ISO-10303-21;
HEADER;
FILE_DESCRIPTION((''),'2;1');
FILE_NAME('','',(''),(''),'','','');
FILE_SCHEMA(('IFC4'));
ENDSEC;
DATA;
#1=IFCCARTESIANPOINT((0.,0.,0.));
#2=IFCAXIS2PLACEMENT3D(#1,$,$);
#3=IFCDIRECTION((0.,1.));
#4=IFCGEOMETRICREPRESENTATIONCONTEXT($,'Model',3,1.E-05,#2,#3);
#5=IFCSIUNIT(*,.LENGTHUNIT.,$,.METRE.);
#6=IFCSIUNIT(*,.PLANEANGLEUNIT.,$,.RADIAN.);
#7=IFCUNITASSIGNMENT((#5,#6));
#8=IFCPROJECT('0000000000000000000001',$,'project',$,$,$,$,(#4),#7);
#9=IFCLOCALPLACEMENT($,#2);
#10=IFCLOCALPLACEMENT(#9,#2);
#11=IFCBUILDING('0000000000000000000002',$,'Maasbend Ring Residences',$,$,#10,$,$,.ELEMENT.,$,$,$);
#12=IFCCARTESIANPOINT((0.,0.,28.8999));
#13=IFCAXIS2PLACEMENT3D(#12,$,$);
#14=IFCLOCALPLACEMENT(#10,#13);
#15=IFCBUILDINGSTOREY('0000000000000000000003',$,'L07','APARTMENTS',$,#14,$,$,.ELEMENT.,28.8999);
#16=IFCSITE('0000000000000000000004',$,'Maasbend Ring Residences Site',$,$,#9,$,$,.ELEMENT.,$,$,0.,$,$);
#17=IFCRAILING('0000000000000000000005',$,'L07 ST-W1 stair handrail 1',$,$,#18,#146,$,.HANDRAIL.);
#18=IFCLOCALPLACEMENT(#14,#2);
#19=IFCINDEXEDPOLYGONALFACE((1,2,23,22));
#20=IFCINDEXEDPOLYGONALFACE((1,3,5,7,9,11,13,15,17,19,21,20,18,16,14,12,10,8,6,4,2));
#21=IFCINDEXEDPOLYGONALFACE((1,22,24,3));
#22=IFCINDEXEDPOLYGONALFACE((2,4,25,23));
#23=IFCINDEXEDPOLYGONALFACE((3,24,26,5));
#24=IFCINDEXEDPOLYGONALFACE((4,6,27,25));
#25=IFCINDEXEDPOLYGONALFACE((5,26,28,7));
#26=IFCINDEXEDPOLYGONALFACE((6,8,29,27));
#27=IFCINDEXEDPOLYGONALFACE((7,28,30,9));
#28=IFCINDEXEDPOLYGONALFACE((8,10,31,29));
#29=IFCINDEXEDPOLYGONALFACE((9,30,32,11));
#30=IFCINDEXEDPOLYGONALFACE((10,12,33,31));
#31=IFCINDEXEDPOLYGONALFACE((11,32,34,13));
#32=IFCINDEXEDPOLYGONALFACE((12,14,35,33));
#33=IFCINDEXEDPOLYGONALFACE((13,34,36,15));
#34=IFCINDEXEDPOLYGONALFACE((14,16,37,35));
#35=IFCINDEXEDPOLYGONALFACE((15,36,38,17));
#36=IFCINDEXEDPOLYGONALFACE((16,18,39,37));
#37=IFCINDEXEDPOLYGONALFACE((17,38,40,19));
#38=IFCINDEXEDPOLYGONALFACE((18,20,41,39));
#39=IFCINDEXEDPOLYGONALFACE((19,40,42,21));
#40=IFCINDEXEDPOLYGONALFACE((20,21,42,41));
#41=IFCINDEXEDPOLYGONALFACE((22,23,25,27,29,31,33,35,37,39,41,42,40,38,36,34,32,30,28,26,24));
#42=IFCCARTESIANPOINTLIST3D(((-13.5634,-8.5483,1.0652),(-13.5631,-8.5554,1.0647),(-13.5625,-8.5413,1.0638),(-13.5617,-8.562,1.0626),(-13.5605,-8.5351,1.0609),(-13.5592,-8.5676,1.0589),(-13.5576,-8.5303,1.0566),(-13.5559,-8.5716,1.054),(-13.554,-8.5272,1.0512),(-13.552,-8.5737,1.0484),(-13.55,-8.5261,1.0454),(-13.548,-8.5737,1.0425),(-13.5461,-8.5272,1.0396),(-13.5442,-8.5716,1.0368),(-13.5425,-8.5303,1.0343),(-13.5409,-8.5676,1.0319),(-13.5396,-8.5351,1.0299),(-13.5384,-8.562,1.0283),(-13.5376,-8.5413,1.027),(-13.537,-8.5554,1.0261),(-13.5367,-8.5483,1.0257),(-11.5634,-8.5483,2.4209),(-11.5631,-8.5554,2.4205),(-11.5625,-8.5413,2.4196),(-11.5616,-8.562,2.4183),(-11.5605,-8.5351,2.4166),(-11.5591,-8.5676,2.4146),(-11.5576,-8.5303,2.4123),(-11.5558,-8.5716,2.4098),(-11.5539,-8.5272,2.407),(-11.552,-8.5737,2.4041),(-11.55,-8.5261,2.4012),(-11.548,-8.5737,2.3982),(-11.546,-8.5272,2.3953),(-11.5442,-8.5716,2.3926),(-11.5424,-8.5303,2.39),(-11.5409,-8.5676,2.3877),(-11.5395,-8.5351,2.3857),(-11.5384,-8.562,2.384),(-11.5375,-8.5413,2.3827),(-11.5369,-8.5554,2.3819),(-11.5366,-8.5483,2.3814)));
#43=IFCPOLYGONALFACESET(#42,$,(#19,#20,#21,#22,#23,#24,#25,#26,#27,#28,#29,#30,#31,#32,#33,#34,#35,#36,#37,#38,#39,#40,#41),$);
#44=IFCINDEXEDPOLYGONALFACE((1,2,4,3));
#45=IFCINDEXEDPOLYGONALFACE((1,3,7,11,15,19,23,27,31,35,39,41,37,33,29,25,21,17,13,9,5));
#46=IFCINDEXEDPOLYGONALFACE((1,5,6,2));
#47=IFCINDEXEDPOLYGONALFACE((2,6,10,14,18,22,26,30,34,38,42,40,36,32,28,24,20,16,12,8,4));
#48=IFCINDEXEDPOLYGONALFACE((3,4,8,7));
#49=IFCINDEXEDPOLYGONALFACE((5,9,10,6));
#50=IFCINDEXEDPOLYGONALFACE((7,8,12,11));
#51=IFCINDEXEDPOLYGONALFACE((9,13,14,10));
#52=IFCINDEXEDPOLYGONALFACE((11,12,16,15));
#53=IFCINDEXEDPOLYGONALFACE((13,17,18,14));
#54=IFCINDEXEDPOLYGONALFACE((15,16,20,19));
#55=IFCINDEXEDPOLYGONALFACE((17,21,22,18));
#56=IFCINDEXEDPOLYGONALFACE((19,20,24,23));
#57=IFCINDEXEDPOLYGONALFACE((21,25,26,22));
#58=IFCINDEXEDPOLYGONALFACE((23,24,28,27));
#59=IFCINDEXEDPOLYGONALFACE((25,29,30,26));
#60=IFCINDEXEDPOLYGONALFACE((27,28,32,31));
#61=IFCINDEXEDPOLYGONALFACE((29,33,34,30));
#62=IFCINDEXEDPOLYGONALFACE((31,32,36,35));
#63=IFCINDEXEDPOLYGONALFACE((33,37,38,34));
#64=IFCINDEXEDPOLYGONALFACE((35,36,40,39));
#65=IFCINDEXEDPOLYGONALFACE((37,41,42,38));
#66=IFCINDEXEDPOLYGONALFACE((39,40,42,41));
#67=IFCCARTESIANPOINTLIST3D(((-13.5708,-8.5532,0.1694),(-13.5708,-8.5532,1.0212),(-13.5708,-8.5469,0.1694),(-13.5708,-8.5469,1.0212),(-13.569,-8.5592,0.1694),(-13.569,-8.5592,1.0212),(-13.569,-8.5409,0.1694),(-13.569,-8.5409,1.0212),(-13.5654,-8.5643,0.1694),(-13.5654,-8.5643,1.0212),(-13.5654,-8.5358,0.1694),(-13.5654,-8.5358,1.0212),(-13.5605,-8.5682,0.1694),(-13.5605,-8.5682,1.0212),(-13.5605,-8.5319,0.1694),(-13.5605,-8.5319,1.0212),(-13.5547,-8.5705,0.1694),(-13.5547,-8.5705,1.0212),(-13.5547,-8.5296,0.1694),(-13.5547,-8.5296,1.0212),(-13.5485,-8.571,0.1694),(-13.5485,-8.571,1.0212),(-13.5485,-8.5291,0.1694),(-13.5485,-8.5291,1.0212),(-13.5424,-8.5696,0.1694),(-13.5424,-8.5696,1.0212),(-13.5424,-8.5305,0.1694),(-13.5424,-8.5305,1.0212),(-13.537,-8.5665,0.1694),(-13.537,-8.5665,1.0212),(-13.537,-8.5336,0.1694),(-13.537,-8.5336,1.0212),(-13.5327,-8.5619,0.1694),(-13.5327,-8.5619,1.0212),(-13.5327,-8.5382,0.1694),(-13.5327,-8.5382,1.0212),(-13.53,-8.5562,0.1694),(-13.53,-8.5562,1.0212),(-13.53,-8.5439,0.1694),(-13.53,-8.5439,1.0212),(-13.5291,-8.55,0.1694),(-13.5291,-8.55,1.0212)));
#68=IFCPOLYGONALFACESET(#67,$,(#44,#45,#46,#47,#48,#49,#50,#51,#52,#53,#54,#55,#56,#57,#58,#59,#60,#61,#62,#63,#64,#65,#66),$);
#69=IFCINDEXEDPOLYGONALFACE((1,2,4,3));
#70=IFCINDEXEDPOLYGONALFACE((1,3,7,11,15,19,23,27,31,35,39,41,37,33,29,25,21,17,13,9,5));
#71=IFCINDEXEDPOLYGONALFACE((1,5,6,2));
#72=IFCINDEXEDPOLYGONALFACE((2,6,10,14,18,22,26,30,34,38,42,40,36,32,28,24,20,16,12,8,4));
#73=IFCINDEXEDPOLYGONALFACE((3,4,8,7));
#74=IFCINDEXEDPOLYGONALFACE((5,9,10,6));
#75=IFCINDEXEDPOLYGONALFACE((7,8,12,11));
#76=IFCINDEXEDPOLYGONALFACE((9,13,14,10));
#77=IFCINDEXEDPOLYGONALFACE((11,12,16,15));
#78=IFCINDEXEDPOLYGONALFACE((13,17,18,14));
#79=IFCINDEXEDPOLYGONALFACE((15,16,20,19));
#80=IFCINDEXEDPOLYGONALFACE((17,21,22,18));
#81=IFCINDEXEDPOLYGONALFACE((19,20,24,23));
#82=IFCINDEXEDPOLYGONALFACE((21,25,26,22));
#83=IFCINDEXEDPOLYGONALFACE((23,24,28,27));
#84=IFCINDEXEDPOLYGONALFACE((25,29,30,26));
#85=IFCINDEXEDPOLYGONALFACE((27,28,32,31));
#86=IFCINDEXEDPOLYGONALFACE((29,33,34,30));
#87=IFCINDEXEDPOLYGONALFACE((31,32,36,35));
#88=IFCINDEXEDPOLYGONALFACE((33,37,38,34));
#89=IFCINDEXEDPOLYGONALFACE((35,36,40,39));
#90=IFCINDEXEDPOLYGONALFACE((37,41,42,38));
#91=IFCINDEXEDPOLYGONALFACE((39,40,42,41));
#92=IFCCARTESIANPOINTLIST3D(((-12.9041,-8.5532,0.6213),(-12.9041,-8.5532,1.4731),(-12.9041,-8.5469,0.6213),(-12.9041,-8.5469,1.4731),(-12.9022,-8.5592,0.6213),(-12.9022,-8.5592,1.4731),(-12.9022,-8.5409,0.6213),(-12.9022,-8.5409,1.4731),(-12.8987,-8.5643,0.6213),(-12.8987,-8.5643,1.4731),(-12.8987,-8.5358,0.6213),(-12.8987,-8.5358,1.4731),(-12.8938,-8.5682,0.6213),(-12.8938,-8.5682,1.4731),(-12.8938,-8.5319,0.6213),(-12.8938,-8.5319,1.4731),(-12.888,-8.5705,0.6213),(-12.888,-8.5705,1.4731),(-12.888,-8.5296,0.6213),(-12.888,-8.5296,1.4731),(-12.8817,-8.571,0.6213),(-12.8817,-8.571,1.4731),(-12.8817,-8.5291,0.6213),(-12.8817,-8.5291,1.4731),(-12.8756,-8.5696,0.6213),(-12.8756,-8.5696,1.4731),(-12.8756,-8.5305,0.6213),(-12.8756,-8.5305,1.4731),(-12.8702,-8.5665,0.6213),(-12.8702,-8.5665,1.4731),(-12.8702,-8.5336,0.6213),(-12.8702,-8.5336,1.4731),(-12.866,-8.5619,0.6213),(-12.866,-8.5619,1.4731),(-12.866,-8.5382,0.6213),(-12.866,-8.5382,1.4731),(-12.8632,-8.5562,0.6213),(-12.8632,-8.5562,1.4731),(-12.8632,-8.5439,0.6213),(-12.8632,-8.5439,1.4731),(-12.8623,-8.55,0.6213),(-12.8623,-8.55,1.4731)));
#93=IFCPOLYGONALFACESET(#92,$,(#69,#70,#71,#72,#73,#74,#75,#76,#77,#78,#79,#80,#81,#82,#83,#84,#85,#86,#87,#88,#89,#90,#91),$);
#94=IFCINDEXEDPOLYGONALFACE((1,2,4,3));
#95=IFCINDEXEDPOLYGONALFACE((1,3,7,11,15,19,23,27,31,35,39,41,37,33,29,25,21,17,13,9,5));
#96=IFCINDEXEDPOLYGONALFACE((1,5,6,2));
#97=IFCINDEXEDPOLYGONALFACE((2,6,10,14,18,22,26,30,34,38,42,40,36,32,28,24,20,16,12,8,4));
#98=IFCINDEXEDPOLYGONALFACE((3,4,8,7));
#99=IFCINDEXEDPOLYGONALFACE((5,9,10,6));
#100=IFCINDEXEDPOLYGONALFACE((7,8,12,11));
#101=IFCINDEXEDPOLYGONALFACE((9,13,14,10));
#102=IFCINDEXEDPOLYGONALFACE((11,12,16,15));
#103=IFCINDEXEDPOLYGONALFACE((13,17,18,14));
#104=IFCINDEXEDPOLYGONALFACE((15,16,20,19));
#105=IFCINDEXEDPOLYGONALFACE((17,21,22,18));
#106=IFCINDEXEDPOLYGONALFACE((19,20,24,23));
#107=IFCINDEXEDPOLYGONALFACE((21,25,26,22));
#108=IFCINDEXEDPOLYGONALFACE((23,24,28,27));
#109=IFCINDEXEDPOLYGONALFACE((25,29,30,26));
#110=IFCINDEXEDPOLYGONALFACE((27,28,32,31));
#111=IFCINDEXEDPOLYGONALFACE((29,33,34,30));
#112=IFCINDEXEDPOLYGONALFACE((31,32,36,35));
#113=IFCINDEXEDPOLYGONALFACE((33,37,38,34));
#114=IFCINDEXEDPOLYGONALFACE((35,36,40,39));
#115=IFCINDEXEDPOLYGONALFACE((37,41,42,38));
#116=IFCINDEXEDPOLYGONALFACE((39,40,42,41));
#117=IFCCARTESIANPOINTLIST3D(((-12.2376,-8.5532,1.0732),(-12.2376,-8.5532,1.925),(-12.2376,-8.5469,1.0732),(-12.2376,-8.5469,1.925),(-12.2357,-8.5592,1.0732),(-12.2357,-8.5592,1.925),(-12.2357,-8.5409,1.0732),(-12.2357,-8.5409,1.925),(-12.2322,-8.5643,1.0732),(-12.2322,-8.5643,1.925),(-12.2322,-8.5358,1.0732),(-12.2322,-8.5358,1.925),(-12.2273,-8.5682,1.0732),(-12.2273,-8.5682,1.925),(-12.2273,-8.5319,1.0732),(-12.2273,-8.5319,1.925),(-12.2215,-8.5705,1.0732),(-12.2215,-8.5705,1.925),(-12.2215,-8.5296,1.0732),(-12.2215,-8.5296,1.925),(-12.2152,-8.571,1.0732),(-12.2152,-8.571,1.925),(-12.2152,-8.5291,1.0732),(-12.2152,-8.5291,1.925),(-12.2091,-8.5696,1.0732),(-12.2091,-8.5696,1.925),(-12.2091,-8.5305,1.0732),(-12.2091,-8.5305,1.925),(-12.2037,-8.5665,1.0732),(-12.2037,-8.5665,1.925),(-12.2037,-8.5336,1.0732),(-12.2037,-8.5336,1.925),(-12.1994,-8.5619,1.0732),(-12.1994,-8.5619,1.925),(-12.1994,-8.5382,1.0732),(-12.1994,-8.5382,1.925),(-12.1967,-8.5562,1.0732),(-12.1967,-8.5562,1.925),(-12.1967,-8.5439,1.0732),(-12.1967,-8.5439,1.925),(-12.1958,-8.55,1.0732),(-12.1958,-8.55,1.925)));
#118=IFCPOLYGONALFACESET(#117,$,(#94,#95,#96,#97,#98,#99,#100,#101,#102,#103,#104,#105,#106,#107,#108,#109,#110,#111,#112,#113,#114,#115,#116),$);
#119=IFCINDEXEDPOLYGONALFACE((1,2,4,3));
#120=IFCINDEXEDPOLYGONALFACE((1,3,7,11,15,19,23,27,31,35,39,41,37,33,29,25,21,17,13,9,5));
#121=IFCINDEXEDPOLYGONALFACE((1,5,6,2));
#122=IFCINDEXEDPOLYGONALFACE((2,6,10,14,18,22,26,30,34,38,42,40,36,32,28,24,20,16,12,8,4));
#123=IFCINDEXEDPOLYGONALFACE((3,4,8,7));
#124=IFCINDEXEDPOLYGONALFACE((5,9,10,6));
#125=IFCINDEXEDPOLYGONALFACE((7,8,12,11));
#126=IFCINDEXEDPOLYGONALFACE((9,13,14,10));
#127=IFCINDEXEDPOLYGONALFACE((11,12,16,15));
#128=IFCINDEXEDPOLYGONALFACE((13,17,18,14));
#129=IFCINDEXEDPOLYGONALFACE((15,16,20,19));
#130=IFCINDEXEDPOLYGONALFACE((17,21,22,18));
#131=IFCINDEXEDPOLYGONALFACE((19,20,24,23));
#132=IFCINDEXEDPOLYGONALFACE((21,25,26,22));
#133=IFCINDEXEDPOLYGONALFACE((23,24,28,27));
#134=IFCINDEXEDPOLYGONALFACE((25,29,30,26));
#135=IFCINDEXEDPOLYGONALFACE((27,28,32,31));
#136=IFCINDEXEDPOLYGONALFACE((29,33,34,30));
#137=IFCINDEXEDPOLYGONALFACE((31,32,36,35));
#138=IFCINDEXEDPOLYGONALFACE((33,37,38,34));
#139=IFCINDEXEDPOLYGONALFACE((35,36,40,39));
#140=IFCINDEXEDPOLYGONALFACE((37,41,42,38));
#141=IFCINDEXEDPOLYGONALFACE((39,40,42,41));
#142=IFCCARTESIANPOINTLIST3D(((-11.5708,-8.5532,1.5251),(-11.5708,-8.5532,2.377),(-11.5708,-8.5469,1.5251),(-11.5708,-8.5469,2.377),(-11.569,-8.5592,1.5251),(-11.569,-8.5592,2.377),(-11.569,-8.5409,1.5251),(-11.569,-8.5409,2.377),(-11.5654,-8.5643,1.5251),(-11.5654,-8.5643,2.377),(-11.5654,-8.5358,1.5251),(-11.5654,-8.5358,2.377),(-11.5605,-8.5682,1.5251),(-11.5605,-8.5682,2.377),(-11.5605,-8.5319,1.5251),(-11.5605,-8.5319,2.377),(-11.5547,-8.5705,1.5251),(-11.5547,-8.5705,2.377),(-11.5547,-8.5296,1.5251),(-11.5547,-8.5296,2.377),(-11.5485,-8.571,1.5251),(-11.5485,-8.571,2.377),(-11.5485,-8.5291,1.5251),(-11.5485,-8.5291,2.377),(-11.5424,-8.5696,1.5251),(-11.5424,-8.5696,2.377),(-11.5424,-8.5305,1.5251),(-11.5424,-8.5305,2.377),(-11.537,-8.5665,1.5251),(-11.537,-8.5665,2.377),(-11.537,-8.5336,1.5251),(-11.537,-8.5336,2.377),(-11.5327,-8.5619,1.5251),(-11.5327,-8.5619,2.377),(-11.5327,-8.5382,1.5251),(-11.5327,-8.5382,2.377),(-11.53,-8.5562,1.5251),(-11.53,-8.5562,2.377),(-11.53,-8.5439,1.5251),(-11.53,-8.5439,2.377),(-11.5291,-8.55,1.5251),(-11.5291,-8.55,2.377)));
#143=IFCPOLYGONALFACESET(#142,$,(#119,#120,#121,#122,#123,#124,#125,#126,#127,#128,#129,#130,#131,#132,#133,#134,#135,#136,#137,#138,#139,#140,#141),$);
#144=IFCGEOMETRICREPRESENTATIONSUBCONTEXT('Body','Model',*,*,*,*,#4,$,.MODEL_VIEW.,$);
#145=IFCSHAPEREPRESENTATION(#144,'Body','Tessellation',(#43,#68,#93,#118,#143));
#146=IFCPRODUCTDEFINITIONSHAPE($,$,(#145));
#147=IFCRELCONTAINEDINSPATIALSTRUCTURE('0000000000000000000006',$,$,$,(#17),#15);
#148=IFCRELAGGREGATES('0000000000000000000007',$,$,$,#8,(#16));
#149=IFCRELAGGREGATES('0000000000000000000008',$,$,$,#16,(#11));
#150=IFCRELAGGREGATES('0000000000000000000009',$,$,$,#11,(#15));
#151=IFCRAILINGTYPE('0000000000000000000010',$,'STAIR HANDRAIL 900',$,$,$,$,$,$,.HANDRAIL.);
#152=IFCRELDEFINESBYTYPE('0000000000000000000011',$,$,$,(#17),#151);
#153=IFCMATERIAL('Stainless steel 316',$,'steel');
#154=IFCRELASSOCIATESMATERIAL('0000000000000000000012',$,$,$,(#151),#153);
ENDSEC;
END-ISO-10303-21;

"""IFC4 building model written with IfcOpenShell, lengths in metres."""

from ifc_helpers import new_model, si_unit, direction, frame, origin, origin_2d, place, context, subcontext, project, spatial, circle, extrude, material, type_object, element, save


model = new_model("IFC4")

# Units and contexts
model_context = context("Model", 3, precision=1e-05, world=origin(), true_north=direction((0.0, 1.0)))
body_context = subcontext(model_context, "Body", "Model", "MODEL_VIEW")
ifc_project = project(units=[si_unit("LENGTHUNIT", "METRE"), si_unit("PLANEANGLEUNIT", "RADIAN")], contexts=[model_context])

# Site, building, storey
site_placement = place(None, origin())
site = spatial("IfcSite", under=ifc_project, at=site_placement, Name="Maasbend Ring Residences Site", CompositionType="ELEMENT", RefElevation=0.0)
building_placement = place(site_placement, origin())
building = spatial("IfcBuilding", under=site, at=building_placement, Name="Maasbend Ring Residences", CompositionType="ELEMENT")
storey_placement = place(building_placement, frame((0.0, 0.0, 28.8999)))
storey = spatial("IfcBuildingStorey", under=building, at=storey_placement, Name="L07", Description="APARTMENTS", CompositionType="ELEMENT", Elevation=28.8999)

# Railing
ifc_material_1 = material(Name="Stainless steel 316", Category="steel")
railing_type_1 = type_object("IfcRailingType", Name="STAIR HANDRAIL 900", PredefinedType="HANDRAIL", material=ifc_material_1)
railing_1_placement = place(storey_placement, frame((-13.55, -8.55, 0.1694)))
element("IfcRailing", 1, at=railing_1_placement, inside=storey, type_object=railing_type_1, Name="L07 ST-W1 stair handrail 1", PredefinedType="HANDRAIL", context=body_context, shape_type="SweptSolid", body=[
    extrude(circle(Radius=0.0239, at=origin_2d()), frame((0.0, 0.0, 0.876), z_axis=(0.827751, 0.0, 0.561096), x_axis=(0.0, 1.0, 0.0)), (0.0, 0.0, 1.0), 2.4163),
    extrude(circle(Radius=0.021, at=origin_2d()), origin(), (0.0, 0.0, 1.0), 0.8518),
    extrude(circle(Radius=0.021, at=origin_2d()), frame((0.6667, 0.0, 0.4519)), (0.0, 0.0, 1.0), 0.8518),
    extrude(circle(Radius=0.021, at=origin_2d()), frame((1.3333, 0.0, 0.9038)), (0.0, 0.0, 1.0), 0.8518),
    extrude(circle(Radius=0.021, at=origin_2d()), frame((2.0, 0.0, 1.3557)), (0.0, 0.0, 1.0), 0.8518),
])

save(model, "model.ifc")
